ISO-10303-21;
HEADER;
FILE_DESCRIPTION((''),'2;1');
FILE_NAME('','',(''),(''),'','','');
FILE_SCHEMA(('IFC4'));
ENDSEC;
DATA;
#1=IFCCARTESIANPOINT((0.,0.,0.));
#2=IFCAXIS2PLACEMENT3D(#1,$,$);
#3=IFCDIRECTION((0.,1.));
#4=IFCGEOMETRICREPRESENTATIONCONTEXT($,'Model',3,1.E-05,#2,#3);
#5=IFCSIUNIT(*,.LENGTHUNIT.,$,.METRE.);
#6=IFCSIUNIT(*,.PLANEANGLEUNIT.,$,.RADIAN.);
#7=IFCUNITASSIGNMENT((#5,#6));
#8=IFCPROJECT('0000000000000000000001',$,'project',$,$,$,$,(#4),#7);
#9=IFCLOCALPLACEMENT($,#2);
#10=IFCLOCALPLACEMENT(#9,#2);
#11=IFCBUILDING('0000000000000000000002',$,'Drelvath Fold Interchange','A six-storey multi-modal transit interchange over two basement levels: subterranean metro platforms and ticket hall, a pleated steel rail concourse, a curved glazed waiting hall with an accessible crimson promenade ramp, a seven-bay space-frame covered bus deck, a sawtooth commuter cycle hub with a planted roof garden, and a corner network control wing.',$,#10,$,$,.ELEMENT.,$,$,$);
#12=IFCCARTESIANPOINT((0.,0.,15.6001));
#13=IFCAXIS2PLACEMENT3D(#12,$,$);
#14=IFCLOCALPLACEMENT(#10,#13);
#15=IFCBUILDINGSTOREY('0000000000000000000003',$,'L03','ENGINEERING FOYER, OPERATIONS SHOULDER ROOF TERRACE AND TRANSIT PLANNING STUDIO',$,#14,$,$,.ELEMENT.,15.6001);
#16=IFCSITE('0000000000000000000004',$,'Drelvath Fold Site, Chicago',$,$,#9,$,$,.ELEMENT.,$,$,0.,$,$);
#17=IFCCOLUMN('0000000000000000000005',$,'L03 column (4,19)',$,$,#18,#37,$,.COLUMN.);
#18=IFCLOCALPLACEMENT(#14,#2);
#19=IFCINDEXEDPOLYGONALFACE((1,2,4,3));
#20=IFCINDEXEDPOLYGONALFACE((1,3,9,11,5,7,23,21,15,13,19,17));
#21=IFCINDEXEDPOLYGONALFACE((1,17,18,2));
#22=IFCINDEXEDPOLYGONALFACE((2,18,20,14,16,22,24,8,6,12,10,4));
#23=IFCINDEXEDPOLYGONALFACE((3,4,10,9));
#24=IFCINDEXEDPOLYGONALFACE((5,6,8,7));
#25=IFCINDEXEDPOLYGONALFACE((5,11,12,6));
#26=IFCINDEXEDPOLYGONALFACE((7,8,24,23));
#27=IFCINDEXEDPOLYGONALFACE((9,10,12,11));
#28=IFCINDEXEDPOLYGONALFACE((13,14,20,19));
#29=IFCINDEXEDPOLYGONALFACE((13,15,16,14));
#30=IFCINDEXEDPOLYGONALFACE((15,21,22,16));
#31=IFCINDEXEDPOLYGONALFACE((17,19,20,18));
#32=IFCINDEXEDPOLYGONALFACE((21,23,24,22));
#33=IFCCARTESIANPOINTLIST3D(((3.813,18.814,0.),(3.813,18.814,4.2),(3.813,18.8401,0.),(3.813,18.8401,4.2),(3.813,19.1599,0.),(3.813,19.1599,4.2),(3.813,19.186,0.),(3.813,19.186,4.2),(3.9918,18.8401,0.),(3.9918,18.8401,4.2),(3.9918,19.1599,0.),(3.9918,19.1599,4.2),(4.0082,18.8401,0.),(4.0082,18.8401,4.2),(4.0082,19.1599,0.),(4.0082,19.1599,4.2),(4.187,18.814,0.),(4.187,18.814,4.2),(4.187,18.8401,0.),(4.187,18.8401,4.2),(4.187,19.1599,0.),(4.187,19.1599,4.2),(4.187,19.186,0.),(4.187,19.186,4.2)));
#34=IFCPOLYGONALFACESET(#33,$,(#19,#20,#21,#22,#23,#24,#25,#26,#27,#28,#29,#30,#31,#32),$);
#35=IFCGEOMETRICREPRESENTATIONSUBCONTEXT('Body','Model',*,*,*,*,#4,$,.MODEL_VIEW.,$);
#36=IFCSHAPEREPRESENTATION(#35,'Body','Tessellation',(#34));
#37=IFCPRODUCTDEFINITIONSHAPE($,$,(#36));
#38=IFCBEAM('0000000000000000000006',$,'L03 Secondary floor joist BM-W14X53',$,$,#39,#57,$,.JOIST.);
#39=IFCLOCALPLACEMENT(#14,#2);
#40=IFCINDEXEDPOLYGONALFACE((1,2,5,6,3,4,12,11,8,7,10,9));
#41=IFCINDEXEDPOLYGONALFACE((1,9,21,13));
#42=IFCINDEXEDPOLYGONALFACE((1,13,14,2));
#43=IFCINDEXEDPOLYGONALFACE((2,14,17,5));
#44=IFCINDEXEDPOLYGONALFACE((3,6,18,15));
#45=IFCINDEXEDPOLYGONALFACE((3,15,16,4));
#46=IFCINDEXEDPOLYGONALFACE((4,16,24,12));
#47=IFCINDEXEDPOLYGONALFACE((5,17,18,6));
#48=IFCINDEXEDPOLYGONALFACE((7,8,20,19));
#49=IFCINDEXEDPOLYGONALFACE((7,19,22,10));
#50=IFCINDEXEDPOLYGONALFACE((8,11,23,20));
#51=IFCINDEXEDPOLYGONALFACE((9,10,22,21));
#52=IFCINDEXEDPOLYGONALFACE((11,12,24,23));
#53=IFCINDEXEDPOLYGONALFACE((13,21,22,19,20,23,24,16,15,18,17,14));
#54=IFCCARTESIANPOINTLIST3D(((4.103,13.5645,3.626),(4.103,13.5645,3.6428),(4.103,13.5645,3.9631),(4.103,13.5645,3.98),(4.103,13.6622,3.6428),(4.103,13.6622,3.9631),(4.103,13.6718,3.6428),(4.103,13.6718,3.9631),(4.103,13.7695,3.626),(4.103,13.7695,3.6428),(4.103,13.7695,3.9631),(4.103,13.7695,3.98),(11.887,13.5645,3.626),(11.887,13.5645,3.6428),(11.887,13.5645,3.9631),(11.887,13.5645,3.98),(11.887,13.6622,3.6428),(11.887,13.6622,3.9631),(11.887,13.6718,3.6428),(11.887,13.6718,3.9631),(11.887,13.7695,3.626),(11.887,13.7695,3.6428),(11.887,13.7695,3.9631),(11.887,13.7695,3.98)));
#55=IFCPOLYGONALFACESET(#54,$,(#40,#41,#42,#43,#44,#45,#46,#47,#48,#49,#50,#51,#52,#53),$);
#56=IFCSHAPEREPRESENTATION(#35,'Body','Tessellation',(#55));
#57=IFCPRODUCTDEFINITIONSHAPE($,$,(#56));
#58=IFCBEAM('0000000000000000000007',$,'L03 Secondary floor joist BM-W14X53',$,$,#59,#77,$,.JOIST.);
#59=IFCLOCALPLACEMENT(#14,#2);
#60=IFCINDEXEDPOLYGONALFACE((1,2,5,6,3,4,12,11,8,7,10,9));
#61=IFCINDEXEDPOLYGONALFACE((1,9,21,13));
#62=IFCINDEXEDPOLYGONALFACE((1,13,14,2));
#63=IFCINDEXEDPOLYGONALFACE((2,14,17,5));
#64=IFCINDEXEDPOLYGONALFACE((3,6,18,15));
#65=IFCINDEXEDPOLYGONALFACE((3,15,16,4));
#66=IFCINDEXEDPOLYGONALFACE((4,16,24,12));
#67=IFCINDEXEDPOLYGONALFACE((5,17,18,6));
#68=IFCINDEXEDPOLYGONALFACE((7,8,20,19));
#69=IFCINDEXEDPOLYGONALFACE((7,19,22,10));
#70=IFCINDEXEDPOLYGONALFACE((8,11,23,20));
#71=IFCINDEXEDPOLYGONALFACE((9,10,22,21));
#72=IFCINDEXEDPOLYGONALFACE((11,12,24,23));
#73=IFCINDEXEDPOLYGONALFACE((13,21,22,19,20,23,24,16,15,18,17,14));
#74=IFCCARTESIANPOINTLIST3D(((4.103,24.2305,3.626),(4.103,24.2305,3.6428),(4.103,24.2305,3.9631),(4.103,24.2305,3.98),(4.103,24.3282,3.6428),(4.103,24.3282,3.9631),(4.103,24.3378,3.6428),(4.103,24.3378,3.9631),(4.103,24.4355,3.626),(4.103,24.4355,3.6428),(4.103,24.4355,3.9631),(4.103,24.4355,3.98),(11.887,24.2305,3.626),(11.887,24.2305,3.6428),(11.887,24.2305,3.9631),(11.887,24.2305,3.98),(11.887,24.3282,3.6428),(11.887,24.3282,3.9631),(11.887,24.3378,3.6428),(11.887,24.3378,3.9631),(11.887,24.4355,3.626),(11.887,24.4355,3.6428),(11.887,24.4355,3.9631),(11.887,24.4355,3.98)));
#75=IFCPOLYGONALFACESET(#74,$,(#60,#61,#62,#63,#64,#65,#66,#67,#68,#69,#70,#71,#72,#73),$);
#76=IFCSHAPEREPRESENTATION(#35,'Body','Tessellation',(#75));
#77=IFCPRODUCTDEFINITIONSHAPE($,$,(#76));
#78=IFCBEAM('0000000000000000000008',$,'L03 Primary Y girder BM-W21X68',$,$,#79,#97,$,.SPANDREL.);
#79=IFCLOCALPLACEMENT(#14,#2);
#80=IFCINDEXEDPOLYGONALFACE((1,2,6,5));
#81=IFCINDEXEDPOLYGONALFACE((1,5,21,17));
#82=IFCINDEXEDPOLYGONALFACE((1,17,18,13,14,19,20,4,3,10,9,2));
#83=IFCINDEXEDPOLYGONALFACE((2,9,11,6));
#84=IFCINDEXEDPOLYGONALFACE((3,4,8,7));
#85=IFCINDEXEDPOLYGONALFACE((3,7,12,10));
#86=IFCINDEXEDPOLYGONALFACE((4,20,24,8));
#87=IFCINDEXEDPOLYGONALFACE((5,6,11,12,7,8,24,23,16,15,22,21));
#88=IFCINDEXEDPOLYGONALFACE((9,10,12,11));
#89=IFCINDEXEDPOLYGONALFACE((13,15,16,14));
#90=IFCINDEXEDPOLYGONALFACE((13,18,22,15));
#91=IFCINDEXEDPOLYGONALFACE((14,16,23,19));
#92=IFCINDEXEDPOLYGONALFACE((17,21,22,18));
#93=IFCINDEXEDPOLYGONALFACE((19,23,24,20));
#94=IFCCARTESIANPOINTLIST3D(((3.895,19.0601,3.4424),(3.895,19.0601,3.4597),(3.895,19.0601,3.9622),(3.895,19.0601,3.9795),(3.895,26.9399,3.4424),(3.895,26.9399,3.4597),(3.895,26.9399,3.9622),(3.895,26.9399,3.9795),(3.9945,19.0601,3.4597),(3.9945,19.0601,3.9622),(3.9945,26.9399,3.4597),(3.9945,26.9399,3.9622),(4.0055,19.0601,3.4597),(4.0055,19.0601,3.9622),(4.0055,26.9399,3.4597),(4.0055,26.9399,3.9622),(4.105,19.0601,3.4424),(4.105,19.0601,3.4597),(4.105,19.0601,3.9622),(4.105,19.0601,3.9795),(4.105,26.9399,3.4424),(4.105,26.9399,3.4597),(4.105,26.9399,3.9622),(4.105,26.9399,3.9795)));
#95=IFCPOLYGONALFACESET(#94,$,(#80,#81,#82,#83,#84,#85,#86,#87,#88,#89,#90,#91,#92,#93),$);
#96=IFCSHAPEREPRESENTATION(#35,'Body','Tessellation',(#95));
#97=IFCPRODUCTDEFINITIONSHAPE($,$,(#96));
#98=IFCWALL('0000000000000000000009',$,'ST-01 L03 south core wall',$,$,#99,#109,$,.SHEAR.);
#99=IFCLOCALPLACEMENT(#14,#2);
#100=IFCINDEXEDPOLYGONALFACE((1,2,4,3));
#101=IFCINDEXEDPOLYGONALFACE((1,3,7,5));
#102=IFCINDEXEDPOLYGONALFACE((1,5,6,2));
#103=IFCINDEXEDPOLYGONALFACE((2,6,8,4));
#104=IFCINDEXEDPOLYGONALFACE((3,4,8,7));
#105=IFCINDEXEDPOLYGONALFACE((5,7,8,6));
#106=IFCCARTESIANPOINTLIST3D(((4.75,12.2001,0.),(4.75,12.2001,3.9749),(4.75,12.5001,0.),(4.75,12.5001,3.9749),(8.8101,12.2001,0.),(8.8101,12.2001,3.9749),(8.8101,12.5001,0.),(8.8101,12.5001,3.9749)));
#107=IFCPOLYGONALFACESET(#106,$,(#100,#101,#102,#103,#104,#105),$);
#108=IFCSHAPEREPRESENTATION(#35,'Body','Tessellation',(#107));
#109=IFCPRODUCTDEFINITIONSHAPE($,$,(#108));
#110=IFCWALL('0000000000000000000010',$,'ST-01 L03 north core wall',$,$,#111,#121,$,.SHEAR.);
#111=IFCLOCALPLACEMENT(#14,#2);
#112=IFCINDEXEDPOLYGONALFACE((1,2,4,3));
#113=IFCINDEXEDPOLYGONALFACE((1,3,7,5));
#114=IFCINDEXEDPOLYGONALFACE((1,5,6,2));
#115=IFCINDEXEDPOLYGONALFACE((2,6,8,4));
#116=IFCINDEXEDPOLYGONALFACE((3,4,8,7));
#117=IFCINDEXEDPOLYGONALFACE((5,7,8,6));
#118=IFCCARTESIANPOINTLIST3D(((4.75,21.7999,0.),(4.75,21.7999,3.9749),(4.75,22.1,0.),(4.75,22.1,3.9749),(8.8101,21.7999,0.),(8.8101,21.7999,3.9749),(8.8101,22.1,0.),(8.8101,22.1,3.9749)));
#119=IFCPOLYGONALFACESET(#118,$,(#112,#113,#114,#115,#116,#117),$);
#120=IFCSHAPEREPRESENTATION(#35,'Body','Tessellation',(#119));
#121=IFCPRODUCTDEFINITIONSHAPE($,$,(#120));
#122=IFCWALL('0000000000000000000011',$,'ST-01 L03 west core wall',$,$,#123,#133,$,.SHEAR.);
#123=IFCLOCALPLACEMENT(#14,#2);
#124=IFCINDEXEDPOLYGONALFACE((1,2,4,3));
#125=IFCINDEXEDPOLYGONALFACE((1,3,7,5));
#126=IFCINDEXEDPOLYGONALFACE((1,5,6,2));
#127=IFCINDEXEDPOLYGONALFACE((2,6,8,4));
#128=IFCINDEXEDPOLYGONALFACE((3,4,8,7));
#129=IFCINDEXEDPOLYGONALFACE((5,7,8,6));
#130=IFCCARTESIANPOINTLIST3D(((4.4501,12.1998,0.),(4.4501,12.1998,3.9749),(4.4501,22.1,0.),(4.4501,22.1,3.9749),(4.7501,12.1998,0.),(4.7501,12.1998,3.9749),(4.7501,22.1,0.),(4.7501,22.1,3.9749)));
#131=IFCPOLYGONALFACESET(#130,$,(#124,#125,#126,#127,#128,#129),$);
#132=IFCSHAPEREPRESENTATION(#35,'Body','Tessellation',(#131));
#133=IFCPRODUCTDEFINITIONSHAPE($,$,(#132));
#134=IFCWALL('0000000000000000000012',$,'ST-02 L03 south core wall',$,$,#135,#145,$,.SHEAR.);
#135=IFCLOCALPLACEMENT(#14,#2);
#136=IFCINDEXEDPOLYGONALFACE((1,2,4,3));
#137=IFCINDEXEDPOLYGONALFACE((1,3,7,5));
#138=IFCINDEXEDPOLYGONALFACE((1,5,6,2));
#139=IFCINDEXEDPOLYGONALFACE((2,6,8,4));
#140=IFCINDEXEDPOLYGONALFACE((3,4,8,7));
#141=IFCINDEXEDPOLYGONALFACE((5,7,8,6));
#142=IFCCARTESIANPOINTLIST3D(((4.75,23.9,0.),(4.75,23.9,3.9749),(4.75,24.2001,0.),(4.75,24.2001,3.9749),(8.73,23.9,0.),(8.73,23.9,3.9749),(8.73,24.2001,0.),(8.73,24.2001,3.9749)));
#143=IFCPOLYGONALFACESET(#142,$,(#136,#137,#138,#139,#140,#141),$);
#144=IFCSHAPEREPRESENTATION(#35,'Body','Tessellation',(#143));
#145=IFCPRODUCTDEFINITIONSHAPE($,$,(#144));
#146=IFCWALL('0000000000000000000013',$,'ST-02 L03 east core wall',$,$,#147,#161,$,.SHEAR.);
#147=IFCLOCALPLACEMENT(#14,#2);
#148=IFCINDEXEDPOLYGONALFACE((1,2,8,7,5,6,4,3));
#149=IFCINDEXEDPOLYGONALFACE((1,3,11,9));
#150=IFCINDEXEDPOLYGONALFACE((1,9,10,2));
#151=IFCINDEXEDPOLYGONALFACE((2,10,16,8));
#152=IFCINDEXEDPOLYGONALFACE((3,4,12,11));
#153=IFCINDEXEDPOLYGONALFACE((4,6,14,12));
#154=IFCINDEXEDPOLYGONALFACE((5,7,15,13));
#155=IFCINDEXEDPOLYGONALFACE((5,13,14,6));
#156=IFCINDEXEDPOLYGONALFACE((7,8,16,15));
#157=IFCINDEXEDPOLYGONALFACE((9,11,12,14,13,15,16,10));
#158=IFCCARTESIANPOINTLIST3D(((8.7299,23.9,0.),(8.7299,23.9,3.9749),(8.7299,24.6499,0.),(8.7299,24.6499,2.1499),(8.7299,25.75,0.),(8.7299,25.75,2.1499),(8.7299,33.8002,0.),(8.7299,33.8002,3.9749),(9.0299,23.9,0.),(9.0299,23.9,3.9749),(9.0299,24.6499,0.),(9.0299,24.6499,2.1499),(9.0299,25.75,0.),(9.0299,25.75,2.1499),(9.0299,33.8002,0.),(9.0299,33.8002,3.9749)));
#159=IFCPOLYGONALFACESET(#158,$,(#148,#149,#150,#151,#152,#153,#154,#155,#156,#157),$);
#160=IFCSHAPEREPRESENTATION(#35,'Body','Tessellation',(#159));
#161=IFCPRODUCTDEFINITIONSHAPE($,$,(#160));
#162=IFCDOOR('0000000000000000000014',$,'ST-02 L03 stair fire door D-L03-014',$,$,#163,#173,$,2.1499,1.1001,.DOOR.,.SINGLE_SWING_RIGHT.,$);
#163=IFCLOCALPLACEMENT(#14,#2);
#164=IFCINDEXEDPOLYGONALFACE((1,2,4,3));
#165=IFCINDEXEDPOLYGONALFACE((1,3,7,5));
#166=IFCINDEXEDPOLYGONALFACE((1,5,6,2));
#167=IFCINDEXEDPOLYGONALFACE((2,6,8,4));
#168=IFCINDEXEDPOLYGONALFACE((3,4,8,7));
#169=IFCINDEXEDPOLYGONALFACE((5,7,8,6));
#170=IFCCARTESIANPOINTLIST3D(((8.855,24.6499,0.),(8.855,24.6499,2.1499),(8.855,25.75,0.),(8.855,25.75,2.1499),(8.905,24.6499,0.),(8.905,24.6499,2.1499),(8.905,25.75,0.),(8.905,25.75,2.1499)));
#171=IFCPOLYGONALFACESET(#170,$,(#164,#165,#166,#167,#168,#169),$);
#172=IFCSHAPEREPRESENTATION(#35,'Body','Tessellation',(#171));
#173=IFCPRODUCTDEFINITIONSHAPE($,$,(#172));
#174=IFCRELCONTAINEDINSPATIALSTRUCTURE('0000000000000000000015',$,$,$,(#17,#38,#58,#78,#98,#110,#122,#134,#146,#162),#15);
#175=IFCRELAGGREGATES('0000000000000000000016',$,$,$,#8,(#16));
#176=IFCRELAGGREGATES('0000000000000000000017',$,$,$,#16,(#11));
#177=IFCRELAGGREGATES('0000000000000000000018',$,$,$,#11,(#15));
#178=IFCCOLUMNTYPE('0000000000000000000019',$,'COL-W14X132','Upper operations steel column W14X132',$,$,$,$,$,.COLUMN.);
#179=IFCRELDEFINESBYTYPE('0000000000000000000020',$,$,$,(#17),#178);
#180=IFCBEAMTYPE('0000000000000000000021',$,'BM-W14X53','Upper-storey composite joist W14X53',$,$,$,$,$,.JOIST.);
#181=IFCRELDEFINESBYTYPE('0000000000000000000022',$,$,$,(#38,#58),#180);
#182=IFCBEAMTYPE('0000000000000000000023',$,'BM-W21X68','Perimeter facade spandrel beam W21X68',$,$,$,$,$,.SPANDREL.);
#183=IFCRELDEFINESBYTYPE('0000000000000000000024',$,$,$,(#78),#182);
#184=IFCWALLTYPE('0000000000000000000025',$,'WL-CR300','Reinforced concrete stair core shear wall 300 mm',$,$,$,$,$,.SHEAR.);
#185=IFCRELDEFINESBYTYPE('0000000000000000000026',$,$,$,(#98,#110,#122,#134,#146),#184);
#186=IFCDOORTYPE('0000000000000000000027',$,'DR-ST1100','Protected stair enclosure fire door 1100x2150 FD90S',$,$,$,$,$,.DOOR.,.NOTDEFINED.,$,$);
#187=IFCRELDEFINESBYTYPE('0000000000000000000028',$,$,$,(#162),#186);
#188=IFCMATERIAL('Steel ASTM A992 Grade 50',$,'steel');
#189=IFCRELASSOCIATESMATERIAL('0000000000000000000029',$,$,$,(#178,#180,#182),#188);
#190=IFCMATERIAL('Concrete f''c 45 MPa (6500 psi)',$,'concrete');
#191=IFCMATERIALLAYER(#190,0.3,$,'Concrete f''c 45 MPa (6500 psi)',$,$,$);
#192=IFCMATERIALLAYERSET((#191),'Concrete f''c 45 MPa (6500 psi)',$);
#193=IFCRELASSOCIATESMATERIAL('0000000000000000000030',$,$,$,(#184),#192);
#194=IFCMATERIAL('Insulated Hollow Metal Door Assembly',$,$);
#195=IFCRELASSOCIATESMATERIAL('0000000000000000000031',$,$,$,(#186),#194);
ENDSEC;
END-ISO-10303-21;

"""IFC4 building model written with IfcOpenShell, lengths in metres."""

from ifc_helpers import new_model, si_unit, direction, frame, frame_2d, origin, origin_2d, place, context, subcontext, project, spatial, rectangle, i_section, extrude, material, layer, layer_set, material_profile, profile_set, type_object, element, fill, save


model = new_model("IFC4")

# Units and contexts
model_context = context("Model", 3, precision=1e-05, world=origin(), true_north=direction((0.0, 1.0)))
body_context = subcontext(model_context, "Body", "Model", "MODEL_VIEW")
ifc_project = project(units=[si_unit("LENGTHUNIT", "METRE"), si_unit("PLANEANGLEUNIT", "RADIAN")], contexts=[model_context])

# Site, building, storey
site_placement = place(None, origin())
site = spatial("IfcSite", under=ifc_project, at=site_placement, Name="Drelvath Fold Site, Chicago", CompositionType="ELEMENT", RefElevation=0.0)
building_placement = place(site_placement, origin())
building = spatial("IfcBuilding", under=site, at=building_placement, Name="Drelvath Fold Interchange", Description="A six-storey multi-modal transit interchange over two basement levels: subterranean metro platforms and ticket hall, a pleated steel rail concourse, a curved glazed waiting hall with an accessible crimson promenade ramp, a seven-bay space-frame covered bus deck, a sawtooth commuter cycle hub with a planted roof garden, and a corner network control wing.", CompositionType="ELEMENT")
storey_placement = place(building_placement, frame((0.0, 0.0, 15.6001)))
storey = spatial("IfcBuildingStorey", under=building, at=storey_placement, Name="L03", Description="ENGINEERING FOYER, OPERATIONS SHOULDER ROOF TERRACE AND TRANSIT PLANNING STUDIO", CompositionType="ELEMENT", Elevation=15.6001)

# Column
ifc_material_1 = material(Name="Steel ASTM A992 Grade 50", Category="steel")
ifc_material_profile_1 = material_profile(ifc_material_1, i_section(OverallWidth=0.374, OverallDepth=0.3721, WebThickness=0.0164, FlangeThickness=0.0261, at=origin_2d()), Name="W14X132")
ifc_profile_set_1 = profile_set([ifc_material_profile_1], Name="Steel ASTM A992 Grade 50")
column_type = type_object("IfcColumnType", Name="COL-W14X132", Description="Upper operations steel column W14X132", PredefinedType="COLUMN", material=ifc_profile_set_1)
column_placement = place(storey_placement, frame((4.0, 19.0, 0.0), z_axis=(0.0, 0.0, 1.0), x_axis=(1.0, 0.0, 0.0)))
element("IfcColumn", 1, at=column_placement, inside=storey, type_object=column_type, Name="L03 column (4,19)", PredefinedType="COLUMN", context=body_context, shape_type="SweptSolid", body=[
    extrude(i_section(OverallWidth=0.374, OverallDepth=0.3721, WebThickness=0.0164, FlangeThickness=0.0261, at=origin_2d()), origin(), (0.0, 0.0, 1.0), 4.2),
])

# Beams
ifc_material_profile_2 = material_profile(ifc_material_1, i_section(OverallWidth=0.2051, OverallDepth=0.354, WebThickness=0.0095, FlangeThickness=0.0168, at=origin_2d()), Name="W14X53")
ifc_profile_set_2 = profile_set([ifc_material_profile_2], Name="Steel ASTM A992 Grade 50")
beam_type_1 = type_object("IfcBeamType", Name="BM-W14X53", Description="Upper-storey composite joist W14X53", PredefinedType="JOIST", material=ifc_profile_set_2)
for number, where, z_axis, x_axis, name in (
    (2, (4.103, 13.667, 3.803), (1.0, 0.0, 0.0), (0.0, 1.0, 0.0), "L03 Secondary floor joist BM-W14X53"),
    (3, (4.103, 24.333, 3.803), (1.0, 0.0, 0.0), (0.0, 1.0, 0.0), "L03 Secondary floor joist BM-W14X53"),
):
    element("IfcBeam", number, at=place(storey_placement, frame(where, z_axis=z_axis, x_axis=x_axis)), inside=storey, type_object=beam_type_1, Name=name, PredefinedType="JOIST", context=body_context, shape_type="SweptSolid", body=[
        extrude(i_section(OverallWidth=0.2051, OverallDepth=0.354, WebThickness=0.0095, FlangeThickness=0.0168, at=origin_2d()), origin(), (0.0, 0.0, 1.0), 7.7839),
    ])
ifc_material_profile_3 = material_profile(ifc_material_1, i_section(OverallWidth=0.21, OverallDepth=0.5371, WebThickness=0.011, FlangeThickness=0.0173, at=origin_2d()), Name="W21X68")
ifc_profile_set_3 = profile_set([ifc_material_profile_3], Name="Steel ASTM A992 Grade 50")
beam_type_2 = type_object("IfcBeamType", Name="BM-W21X68", Description="Perimeter facade spandrel beam W21X68", PredefinedType="SPANDREL", material=ifc_profile_set_3)
beam_placement = place(storey_placement, frame((4.0, 19.0601, 3.7109), z_axis=(0.0, 1.0, 0.0), x_axis=(-1.0, 0.0, 0.0)))
element("IfcBeam", 4, at=beam_placement, inside=storey, type_object=beam_type_2, Name="L03 Primary Y girder BM-W21X68", PredefinedType="SPANDREL", context=body_context, shape_type="SweptSolid", body=[
    extrude(i_section(OverallWidth=0.21, OverallDepth=0.5371, WebThickness=0.011, FlangeThickness=0.0173, at=origin_2d()), origin(), (0.0, 0.0, 1.0), 7.8799),
])

# Walls
ifc_material_2 = material(Name="Concrete f'c 45 MPa (6500 psi)", Category="concrete")
ifc_layer_1 = layer(ifc_material_2, 0.3, Name="Concrete f'c 45 MPa (6500 psi)")
ifc_layer_set_1 = layer_set([ifc_layer_1], Name="Concrete f'c 45 MPa (6500 psi)")
wall_type_1 = type_object("IfcWallType", Name="WL-CR300", Description="Reinforced concrete stair core shear wall 300 mm", PredefinedType="SHEAR", material=ifc_layer_set_1)
for number, where, z_axis, x_axis, name in (
    (5, (4.75, 12.3501, 0.0), (0.0, 0.0, 1.0), (1.0, 0.0, 0.0), "ST-01 L03 south core wall"),
    (6, (8.8101, 21.95, 0.0), (0.0, 0.0, 1.0), (-1.0, 0.0, 0.0), "ST-01 L03 north core wall"),
):
    element("IfcWall", number, at=place(storey_placement, frame(where, z_axis=z_axis, x_axis=x_axis)), inside=storey, type_object=wall_type_1, Name=name, PredefinedType="SHEAR", context=body_context, shape_type="SweptSolid", body=[
        extrude(rectangle(XDim=4.0601, YDim=0.3, at=frame_2d((2.03, 0.0))), origin(), (0.0, 0.0, 1.0), 3.9749),
    ])
wall_1_placement = place(storey_placement, frame((4.6001, 22.1001, 0.0), z_axis=(0.0, 0.0, 1.0), x_axis=(0.0, -1.0, 0.0)))
element("IfcWall", 7, at=wall_1_placement, inside=storey, type_object=wall_type_1, Name="ST-01 L03 west core wall", PredefinedType="SHEAR", context=body_context, shape_type="SweptSolid", body=[
    extrude(rectangle(XDim=9.9001, YDim=0.3, at=frame_2d((4.9502, 0.0))), origin(), (0.0, 0.0, 1.0), 3.9749),
])
wall_2_placement = place(storey_placement, frame((4.75, 24.05, 0.0), z_axis=(0.0, 0.0, 1.0), x_axis=(1.0, 0.0, 0.0)))
element("IfcWall", 8, at=wall_2_placement, inside=storey, type_object=wall_type_1, Name="ST-02 L03 south core wall", PredefinedType="SHEAR", context=body_context, shape_type="SweptSolid", body=[
    extrude(rectangle(XDim=3.98, YDim=0.3, at=frame_2d((1.99, 0.0))), origin(), (0.0, 0.0, 1.0), 3.9749),
])

# Wall, opening, door
wall_3_placement = place(storey_placement, frame((8.8799, 23.8999, 0.0), z_axis=(0.0, 0.0, 1.0), x_axis=(0.0, 1.0, 0.0)))
wall_3 = element("IfcWall", 9, at=wall_3_placement, inside=storey, type_object=wall_type_1, Name="ST-02 L03 east core wall", PredefinedType="SHEAR", context=body_context, shape_type="SweptSolid", body=[
    extrude(rectangle(XDim=9.9001, YDim=0.3, at=frame_2d((4.9502, 0.0))), origin(), (0.0, 0.0, 1.0), 3.9749),
])
opening_1_placement = place(wall_3_placement, frame((0.75, 0.0, 0.0)))
opening_1 = element("IfcOpeningElement", 10, at=opening_1_placement, cuts=wall_3, PredefinedType="OPENING", context=body_context, shape_type="SweptSolid", body=[
    extrude(rectangle(XDim=1.1001, YDim=2.1499, at=frame_2d((0.55, 1.075))), frame((0.0, 0.1599, 0.0), z_axis=(0.0, -1.0, 0.0), x_axis=(1.0, 0.0, 0.0)), (0.0, 0.0, 1.0), 0.3201),
])
ifc_material_3 = material(Name="Insulated Hollow Metal Door Assembly")
door_type_1 = type_object("IfcDoorType", Name="DR-ST1100", Description="Protected stair enclosure fire door 1100x2150 FD90S", OperationType="NOTDEFINED", PredefinedType="DOOR", material=ifc_material_3)
door_1_placement = place(opening_1_placement, origin())
door_1 = element("IfcDoor", 11, at=door_1_placement, inside=storey, type_object=door_type_1, Name="ST-02 L03 stair fire door D-L03-014", OperationType="SINGLE_SWING_RIGHT", OverallHeight=2.1499, OverallWidth=1.1001, PredefinedType="DOOR", context=body_context, shape_type="SweptSolid", body=[
    extrude(rectangle(XDim=1.1001, YDim=2.1499, at=frame_2d((0.55, 1.075))), frame((0.0, 0.0249, 0.0), z_axis=(0.0, -1.0, 0.0), x_axis=(1.0, 0.0, 0.0)), (0.0, 0.0, 1.0), 0.05),
])
fill(opening_1, door_1)

save(model, "model.ifc")
